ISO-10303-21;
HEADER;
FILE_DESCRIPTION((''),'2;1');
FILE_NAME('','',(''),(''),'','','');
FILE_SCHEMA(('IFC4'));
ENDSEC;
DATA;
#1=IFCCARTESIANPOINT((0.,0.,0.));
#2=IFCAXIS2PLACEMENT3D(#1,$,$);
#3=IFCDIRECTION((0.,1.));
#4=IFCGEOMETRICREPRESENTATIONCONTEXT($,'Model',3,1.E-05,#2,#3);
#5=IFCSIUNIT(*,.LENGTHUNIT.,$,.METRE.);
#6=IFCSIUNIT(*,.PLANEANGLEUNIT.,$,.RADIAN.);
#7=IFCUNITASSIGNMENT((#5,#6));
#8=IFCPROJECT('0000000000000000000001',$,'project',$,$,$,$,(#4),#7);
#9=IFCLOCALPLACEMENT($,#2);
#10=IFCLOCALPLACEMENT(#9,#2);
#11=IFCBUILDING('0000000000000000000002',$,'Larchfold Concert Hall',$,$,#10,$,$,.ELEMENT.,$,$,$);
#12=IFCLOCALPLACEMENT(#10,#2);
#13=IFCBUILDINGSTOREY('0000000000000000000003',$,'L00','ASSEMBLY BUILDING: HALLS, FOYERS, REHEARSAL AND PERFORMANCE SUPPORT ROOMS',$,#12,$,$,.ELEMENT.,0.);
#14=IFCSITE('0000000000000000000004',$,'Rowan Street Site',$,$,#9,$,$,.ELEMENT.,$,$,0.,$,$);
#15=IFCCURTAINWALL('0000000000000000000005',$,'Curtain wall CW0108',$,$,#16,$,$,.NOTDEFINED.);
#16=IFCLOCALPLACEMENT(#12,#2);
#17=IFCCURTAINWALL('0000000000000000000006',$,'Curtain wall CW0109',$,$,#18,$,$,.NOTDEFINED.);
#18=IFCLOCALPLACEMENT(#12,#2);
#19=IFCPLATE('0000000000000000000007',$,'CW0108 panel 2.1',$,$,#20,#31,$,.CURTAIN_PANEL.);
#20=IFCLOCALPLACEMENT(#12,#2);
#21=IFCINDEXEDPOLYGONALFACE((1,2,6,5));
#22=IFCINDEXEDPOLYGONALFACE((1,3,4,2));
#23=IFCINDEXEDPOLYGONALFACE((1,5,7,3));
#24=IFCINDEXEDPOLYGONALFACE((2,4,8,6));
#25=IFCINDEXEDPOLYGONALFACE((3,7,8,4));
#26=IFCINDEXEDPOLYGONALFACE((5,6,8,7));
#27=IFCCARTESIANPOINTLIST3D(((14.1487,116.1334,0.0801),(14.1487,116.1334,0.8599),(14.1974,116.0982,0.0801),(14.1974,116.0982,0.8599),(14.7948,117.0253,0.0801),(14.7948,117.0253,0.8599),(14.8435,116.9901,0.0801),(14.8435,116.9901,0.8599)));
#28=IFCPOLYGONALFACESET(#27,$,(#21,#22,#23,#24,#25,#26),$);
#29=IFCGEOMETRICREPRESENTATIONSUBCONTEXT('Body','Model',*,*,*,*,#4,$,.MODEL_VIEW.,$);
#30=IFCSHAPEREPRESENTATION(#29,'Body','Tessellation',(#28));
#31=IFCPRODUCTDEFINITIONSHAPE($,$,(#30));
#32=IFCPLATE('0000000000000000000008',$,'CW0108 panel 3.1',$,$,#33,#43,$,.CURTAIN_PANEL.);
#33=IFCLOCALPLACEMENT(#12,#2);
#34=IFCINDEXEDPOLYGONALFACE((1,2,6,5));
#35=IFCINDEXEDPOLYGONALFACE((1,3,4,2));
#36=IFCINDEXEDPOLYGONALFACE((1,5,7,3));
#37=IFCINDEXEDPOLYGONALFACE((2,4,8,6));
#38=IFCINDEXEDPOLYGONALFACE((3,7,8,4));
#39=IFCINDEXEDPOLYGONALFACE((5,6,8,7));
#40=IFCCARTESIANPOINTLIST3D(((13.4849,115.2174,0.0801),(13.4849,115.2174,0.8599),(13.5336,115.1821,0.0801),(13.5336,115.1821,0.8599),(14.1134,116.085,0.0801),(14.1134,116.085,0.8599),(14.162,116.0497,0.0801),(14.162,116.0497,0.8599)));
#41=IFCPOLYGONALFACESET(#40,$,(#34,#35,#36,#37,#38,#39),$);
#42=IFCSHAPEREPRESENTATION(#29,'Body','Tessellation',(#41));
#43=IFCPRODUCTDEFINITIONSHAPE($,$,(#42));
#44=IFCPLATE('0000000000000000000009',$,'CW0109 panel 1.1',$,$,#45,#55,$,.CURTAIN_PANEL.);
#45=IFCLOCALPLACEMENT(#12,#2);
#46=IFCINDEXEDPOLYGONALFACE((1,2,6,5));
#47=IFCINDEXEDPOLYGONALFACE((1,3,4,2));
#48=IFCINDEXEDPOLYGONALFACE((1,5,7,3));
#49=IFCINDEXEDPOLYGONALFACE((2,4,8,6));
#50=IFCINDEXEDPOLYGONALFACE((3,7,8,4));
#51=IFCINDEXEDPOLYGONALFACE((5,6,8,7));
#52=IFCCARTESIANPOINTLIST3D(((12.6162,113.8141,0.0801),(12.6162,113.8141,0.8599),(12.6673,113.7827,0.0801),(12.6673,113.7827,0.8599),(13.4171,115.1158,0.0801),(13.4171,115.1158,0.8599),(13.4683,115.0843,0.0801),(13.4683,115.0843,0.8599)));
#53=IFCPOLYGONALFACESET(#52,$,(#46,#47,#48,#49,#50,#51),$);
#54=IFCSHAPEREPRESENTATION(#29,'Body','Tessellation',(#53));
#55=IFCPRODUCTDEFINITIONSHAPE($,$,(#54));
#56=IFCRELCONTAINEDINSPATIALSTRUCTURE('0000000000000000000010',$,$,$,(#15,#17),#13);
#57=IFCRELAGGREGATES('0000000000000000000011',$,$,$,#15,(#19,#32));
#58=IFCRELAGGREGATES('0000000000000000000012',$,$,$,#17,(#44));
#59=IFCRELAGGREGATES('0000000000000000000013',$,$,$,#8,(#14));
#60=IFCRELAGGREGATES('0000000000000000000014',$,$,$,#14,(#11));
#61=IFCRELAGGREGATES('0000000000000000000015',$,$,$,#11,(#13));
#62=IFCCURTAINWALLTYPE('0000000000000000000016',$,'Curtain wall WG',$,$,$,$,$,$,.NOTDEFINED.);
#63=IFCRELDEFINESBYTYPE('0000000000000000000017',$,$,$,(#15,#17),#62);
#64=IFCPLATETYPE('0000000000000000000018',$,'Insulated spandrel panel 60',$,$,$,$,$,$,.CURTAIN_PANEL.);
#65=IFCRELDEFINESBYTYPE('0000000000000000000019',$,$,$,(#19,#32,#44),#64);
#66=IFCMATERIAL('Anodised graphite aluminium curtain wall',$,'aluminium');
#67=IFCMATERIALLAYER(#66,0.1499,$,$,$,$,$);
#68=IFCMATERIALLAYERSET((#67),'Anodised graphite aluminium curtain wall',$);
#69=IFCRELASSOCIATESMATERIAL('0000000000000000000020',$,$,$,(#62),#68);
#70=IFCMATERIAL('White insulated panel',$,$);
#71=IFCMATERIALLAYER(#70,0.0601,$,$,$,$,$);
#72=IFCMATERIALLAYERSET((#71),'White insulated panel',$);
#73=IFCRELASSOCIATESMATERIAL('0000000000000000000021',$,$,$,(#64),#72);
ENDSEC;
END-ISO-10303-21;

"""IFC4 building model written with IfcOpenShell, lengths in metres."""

from ifc_helpers import new_model, si_unit, direction, frame, origin, origin_2d, place, context, subcontext, project, spatial, rectangle, extrude, material, layer, layer_set, type_object, element, aggregate, save


model = new_model("IFC4")

# Units and contexts
model_context = context("Model", 3, precision=1e-05, world=origin(), true_north=direction((0.0, 1.0)))
body_context = subcontext(model_context, "Body", "Model", "MODEL_VIEW")
ifc_project = project(units=[si_unit("LENGTHUNIT", "METRE"), si_unit("PLANEANGLEUNIT", "RADIAN")], contexts=[model_context])

# Site, building, storey
site_placement = place(None, origin())
site = spatial("IfcSite", under=ifc_project, at=site_placement, Name="Rowan Street Site", CompositionType="ELEMENT", RefElevation=0.0)
building_placement = place(site_placement, origin())
building = spatial("IfcBuilding", under=site, at=building_placement, Name="Larchfold Concert Hall", CompositionType="ELEMENT")
storey_placement = place(building_placement, origin())
storey = spatial("IfcBuildingStorey", under=building, at=storey_placement, Name="L00", Description="ASSEMBLY BUILDING: HALLS, FOYERS, REHEARSAL AND PERFORMANCE SUPPORT ROOMS", CompositionType="ELEMENT", Elevation=0.0)

# Curtain walls
ifc_material_1 = material(Name="Anodised graphite aluminium curtain wall", Category="aluminium")
ifc_layer_1 = layer(ifc_material_1, 0.1499)
ifc_layer_set_1 = layer_set([ifc_layer_1], Name="Anodised graphite aluminium curtain wall")
curtain_wall_type = type_object("IfcCurtainWallType", Name="Curtain wall WG", PredefinedType="NOTDEFINED", material=ifc_layer_set_1)
curtain_wall_1_placement = place(storey_placement, origin())
curtain_wall_1 = element("IfcCurtainWall", 1, at=curtain_wall_1_placement, inside=storey, type_object=curtain_wall_type, Name="Curtain wall CW0108", PredefinedType="NOTDEFINED")
curtain_wall_2_placement = place(storey_placement, origin())
curtain_wall_2 = element("IfcCurtainWall", 2, at=curtain_wall_2_placement, inside=storey, type_object=curtain_wall_type, Name="Curtain wall CW0109", PredefinedType="NOTDEFINED")

# Plates
ifc_material_2 = material(Name="White insulated panel")
ifc_layer_2 = layer(ifc_material_2, 0.0601)
ifc_layer_set_2 = layer_set([ifc_layer_2], Name="White insulated panel")
plate_type_1 = type_object("IfcPlateType", Name="Insulated spandrel panel 60", PredefinedType="CURTAIN_PANEL", material=ifc_layer_set_2)
plate_1_placement = place(storey_placement, frame((14.4961, 116.5618, 0.0801), z_axis=(0.0, 0.0, 1.0), x_axis=(-0.586641, -0.809847, 0.0)))
plate_1 = element("IfcPlate", 3, at=plate_1_placement, type_object=plate_type_1, Name="CW0108 panel 2.1", PredefinedType="CURTAIN_PANEL", context=body_context, shape_type="SweptSolid", body=[
    extrude(rectangle(XDim=1.1013, YDim=0.0601, at=origin_2d()), origin(), (0.0, 0.0, 1.0), 0.7798),
])
plate_2_placement = place(storey_placement, frame((13.8235, 115.6335, 0.0801), z_axis=(0.0, 0.0, 1.0), x_axis=(-0.586641, -0.809847, 0.0)))
plate_2 = element("IfcPlate", 4, at=plate_2_placement, type_object=plate_type_1, Name="CW0108 panel 3.1", PredefinedType="CURTAIN_PANEL", context=body_context, shape_type="SweptSolid", body=[
    extrude(rectangle(XDim=1.0713, YDim=0.0601, at=origin_2d()), origin(), (0.0, 0.0, 1.0), 0.7798),
])
aggregate(curtain_wall_1, [plate_1, plate_2])
plate_3_placement = place(storey_placement, frame((13.0422, 114.4492, 0.0801), z_axis=(0.0, 0.0, 1.0), x_axis=(-0.524081, -0.851669, 0.0)))
plate_3 = element("IfcPlate", 5, at=plate_3_placement, type_object=plate_type_1, Name="CW0109 panel 1.1", PredefinedType="CURTAIN_PANEL", context=body_context, shape_type="SweptSolid", body=[
    extrude(rectangle(XDim=1.5283, YDim=0.0601, at=origin_2d()), origin(), (0.0, 0.0, 1.0), 0.7798),
])
aggregate(curtain_wall_2, [plate_3])

save(model, "model.ifc")
